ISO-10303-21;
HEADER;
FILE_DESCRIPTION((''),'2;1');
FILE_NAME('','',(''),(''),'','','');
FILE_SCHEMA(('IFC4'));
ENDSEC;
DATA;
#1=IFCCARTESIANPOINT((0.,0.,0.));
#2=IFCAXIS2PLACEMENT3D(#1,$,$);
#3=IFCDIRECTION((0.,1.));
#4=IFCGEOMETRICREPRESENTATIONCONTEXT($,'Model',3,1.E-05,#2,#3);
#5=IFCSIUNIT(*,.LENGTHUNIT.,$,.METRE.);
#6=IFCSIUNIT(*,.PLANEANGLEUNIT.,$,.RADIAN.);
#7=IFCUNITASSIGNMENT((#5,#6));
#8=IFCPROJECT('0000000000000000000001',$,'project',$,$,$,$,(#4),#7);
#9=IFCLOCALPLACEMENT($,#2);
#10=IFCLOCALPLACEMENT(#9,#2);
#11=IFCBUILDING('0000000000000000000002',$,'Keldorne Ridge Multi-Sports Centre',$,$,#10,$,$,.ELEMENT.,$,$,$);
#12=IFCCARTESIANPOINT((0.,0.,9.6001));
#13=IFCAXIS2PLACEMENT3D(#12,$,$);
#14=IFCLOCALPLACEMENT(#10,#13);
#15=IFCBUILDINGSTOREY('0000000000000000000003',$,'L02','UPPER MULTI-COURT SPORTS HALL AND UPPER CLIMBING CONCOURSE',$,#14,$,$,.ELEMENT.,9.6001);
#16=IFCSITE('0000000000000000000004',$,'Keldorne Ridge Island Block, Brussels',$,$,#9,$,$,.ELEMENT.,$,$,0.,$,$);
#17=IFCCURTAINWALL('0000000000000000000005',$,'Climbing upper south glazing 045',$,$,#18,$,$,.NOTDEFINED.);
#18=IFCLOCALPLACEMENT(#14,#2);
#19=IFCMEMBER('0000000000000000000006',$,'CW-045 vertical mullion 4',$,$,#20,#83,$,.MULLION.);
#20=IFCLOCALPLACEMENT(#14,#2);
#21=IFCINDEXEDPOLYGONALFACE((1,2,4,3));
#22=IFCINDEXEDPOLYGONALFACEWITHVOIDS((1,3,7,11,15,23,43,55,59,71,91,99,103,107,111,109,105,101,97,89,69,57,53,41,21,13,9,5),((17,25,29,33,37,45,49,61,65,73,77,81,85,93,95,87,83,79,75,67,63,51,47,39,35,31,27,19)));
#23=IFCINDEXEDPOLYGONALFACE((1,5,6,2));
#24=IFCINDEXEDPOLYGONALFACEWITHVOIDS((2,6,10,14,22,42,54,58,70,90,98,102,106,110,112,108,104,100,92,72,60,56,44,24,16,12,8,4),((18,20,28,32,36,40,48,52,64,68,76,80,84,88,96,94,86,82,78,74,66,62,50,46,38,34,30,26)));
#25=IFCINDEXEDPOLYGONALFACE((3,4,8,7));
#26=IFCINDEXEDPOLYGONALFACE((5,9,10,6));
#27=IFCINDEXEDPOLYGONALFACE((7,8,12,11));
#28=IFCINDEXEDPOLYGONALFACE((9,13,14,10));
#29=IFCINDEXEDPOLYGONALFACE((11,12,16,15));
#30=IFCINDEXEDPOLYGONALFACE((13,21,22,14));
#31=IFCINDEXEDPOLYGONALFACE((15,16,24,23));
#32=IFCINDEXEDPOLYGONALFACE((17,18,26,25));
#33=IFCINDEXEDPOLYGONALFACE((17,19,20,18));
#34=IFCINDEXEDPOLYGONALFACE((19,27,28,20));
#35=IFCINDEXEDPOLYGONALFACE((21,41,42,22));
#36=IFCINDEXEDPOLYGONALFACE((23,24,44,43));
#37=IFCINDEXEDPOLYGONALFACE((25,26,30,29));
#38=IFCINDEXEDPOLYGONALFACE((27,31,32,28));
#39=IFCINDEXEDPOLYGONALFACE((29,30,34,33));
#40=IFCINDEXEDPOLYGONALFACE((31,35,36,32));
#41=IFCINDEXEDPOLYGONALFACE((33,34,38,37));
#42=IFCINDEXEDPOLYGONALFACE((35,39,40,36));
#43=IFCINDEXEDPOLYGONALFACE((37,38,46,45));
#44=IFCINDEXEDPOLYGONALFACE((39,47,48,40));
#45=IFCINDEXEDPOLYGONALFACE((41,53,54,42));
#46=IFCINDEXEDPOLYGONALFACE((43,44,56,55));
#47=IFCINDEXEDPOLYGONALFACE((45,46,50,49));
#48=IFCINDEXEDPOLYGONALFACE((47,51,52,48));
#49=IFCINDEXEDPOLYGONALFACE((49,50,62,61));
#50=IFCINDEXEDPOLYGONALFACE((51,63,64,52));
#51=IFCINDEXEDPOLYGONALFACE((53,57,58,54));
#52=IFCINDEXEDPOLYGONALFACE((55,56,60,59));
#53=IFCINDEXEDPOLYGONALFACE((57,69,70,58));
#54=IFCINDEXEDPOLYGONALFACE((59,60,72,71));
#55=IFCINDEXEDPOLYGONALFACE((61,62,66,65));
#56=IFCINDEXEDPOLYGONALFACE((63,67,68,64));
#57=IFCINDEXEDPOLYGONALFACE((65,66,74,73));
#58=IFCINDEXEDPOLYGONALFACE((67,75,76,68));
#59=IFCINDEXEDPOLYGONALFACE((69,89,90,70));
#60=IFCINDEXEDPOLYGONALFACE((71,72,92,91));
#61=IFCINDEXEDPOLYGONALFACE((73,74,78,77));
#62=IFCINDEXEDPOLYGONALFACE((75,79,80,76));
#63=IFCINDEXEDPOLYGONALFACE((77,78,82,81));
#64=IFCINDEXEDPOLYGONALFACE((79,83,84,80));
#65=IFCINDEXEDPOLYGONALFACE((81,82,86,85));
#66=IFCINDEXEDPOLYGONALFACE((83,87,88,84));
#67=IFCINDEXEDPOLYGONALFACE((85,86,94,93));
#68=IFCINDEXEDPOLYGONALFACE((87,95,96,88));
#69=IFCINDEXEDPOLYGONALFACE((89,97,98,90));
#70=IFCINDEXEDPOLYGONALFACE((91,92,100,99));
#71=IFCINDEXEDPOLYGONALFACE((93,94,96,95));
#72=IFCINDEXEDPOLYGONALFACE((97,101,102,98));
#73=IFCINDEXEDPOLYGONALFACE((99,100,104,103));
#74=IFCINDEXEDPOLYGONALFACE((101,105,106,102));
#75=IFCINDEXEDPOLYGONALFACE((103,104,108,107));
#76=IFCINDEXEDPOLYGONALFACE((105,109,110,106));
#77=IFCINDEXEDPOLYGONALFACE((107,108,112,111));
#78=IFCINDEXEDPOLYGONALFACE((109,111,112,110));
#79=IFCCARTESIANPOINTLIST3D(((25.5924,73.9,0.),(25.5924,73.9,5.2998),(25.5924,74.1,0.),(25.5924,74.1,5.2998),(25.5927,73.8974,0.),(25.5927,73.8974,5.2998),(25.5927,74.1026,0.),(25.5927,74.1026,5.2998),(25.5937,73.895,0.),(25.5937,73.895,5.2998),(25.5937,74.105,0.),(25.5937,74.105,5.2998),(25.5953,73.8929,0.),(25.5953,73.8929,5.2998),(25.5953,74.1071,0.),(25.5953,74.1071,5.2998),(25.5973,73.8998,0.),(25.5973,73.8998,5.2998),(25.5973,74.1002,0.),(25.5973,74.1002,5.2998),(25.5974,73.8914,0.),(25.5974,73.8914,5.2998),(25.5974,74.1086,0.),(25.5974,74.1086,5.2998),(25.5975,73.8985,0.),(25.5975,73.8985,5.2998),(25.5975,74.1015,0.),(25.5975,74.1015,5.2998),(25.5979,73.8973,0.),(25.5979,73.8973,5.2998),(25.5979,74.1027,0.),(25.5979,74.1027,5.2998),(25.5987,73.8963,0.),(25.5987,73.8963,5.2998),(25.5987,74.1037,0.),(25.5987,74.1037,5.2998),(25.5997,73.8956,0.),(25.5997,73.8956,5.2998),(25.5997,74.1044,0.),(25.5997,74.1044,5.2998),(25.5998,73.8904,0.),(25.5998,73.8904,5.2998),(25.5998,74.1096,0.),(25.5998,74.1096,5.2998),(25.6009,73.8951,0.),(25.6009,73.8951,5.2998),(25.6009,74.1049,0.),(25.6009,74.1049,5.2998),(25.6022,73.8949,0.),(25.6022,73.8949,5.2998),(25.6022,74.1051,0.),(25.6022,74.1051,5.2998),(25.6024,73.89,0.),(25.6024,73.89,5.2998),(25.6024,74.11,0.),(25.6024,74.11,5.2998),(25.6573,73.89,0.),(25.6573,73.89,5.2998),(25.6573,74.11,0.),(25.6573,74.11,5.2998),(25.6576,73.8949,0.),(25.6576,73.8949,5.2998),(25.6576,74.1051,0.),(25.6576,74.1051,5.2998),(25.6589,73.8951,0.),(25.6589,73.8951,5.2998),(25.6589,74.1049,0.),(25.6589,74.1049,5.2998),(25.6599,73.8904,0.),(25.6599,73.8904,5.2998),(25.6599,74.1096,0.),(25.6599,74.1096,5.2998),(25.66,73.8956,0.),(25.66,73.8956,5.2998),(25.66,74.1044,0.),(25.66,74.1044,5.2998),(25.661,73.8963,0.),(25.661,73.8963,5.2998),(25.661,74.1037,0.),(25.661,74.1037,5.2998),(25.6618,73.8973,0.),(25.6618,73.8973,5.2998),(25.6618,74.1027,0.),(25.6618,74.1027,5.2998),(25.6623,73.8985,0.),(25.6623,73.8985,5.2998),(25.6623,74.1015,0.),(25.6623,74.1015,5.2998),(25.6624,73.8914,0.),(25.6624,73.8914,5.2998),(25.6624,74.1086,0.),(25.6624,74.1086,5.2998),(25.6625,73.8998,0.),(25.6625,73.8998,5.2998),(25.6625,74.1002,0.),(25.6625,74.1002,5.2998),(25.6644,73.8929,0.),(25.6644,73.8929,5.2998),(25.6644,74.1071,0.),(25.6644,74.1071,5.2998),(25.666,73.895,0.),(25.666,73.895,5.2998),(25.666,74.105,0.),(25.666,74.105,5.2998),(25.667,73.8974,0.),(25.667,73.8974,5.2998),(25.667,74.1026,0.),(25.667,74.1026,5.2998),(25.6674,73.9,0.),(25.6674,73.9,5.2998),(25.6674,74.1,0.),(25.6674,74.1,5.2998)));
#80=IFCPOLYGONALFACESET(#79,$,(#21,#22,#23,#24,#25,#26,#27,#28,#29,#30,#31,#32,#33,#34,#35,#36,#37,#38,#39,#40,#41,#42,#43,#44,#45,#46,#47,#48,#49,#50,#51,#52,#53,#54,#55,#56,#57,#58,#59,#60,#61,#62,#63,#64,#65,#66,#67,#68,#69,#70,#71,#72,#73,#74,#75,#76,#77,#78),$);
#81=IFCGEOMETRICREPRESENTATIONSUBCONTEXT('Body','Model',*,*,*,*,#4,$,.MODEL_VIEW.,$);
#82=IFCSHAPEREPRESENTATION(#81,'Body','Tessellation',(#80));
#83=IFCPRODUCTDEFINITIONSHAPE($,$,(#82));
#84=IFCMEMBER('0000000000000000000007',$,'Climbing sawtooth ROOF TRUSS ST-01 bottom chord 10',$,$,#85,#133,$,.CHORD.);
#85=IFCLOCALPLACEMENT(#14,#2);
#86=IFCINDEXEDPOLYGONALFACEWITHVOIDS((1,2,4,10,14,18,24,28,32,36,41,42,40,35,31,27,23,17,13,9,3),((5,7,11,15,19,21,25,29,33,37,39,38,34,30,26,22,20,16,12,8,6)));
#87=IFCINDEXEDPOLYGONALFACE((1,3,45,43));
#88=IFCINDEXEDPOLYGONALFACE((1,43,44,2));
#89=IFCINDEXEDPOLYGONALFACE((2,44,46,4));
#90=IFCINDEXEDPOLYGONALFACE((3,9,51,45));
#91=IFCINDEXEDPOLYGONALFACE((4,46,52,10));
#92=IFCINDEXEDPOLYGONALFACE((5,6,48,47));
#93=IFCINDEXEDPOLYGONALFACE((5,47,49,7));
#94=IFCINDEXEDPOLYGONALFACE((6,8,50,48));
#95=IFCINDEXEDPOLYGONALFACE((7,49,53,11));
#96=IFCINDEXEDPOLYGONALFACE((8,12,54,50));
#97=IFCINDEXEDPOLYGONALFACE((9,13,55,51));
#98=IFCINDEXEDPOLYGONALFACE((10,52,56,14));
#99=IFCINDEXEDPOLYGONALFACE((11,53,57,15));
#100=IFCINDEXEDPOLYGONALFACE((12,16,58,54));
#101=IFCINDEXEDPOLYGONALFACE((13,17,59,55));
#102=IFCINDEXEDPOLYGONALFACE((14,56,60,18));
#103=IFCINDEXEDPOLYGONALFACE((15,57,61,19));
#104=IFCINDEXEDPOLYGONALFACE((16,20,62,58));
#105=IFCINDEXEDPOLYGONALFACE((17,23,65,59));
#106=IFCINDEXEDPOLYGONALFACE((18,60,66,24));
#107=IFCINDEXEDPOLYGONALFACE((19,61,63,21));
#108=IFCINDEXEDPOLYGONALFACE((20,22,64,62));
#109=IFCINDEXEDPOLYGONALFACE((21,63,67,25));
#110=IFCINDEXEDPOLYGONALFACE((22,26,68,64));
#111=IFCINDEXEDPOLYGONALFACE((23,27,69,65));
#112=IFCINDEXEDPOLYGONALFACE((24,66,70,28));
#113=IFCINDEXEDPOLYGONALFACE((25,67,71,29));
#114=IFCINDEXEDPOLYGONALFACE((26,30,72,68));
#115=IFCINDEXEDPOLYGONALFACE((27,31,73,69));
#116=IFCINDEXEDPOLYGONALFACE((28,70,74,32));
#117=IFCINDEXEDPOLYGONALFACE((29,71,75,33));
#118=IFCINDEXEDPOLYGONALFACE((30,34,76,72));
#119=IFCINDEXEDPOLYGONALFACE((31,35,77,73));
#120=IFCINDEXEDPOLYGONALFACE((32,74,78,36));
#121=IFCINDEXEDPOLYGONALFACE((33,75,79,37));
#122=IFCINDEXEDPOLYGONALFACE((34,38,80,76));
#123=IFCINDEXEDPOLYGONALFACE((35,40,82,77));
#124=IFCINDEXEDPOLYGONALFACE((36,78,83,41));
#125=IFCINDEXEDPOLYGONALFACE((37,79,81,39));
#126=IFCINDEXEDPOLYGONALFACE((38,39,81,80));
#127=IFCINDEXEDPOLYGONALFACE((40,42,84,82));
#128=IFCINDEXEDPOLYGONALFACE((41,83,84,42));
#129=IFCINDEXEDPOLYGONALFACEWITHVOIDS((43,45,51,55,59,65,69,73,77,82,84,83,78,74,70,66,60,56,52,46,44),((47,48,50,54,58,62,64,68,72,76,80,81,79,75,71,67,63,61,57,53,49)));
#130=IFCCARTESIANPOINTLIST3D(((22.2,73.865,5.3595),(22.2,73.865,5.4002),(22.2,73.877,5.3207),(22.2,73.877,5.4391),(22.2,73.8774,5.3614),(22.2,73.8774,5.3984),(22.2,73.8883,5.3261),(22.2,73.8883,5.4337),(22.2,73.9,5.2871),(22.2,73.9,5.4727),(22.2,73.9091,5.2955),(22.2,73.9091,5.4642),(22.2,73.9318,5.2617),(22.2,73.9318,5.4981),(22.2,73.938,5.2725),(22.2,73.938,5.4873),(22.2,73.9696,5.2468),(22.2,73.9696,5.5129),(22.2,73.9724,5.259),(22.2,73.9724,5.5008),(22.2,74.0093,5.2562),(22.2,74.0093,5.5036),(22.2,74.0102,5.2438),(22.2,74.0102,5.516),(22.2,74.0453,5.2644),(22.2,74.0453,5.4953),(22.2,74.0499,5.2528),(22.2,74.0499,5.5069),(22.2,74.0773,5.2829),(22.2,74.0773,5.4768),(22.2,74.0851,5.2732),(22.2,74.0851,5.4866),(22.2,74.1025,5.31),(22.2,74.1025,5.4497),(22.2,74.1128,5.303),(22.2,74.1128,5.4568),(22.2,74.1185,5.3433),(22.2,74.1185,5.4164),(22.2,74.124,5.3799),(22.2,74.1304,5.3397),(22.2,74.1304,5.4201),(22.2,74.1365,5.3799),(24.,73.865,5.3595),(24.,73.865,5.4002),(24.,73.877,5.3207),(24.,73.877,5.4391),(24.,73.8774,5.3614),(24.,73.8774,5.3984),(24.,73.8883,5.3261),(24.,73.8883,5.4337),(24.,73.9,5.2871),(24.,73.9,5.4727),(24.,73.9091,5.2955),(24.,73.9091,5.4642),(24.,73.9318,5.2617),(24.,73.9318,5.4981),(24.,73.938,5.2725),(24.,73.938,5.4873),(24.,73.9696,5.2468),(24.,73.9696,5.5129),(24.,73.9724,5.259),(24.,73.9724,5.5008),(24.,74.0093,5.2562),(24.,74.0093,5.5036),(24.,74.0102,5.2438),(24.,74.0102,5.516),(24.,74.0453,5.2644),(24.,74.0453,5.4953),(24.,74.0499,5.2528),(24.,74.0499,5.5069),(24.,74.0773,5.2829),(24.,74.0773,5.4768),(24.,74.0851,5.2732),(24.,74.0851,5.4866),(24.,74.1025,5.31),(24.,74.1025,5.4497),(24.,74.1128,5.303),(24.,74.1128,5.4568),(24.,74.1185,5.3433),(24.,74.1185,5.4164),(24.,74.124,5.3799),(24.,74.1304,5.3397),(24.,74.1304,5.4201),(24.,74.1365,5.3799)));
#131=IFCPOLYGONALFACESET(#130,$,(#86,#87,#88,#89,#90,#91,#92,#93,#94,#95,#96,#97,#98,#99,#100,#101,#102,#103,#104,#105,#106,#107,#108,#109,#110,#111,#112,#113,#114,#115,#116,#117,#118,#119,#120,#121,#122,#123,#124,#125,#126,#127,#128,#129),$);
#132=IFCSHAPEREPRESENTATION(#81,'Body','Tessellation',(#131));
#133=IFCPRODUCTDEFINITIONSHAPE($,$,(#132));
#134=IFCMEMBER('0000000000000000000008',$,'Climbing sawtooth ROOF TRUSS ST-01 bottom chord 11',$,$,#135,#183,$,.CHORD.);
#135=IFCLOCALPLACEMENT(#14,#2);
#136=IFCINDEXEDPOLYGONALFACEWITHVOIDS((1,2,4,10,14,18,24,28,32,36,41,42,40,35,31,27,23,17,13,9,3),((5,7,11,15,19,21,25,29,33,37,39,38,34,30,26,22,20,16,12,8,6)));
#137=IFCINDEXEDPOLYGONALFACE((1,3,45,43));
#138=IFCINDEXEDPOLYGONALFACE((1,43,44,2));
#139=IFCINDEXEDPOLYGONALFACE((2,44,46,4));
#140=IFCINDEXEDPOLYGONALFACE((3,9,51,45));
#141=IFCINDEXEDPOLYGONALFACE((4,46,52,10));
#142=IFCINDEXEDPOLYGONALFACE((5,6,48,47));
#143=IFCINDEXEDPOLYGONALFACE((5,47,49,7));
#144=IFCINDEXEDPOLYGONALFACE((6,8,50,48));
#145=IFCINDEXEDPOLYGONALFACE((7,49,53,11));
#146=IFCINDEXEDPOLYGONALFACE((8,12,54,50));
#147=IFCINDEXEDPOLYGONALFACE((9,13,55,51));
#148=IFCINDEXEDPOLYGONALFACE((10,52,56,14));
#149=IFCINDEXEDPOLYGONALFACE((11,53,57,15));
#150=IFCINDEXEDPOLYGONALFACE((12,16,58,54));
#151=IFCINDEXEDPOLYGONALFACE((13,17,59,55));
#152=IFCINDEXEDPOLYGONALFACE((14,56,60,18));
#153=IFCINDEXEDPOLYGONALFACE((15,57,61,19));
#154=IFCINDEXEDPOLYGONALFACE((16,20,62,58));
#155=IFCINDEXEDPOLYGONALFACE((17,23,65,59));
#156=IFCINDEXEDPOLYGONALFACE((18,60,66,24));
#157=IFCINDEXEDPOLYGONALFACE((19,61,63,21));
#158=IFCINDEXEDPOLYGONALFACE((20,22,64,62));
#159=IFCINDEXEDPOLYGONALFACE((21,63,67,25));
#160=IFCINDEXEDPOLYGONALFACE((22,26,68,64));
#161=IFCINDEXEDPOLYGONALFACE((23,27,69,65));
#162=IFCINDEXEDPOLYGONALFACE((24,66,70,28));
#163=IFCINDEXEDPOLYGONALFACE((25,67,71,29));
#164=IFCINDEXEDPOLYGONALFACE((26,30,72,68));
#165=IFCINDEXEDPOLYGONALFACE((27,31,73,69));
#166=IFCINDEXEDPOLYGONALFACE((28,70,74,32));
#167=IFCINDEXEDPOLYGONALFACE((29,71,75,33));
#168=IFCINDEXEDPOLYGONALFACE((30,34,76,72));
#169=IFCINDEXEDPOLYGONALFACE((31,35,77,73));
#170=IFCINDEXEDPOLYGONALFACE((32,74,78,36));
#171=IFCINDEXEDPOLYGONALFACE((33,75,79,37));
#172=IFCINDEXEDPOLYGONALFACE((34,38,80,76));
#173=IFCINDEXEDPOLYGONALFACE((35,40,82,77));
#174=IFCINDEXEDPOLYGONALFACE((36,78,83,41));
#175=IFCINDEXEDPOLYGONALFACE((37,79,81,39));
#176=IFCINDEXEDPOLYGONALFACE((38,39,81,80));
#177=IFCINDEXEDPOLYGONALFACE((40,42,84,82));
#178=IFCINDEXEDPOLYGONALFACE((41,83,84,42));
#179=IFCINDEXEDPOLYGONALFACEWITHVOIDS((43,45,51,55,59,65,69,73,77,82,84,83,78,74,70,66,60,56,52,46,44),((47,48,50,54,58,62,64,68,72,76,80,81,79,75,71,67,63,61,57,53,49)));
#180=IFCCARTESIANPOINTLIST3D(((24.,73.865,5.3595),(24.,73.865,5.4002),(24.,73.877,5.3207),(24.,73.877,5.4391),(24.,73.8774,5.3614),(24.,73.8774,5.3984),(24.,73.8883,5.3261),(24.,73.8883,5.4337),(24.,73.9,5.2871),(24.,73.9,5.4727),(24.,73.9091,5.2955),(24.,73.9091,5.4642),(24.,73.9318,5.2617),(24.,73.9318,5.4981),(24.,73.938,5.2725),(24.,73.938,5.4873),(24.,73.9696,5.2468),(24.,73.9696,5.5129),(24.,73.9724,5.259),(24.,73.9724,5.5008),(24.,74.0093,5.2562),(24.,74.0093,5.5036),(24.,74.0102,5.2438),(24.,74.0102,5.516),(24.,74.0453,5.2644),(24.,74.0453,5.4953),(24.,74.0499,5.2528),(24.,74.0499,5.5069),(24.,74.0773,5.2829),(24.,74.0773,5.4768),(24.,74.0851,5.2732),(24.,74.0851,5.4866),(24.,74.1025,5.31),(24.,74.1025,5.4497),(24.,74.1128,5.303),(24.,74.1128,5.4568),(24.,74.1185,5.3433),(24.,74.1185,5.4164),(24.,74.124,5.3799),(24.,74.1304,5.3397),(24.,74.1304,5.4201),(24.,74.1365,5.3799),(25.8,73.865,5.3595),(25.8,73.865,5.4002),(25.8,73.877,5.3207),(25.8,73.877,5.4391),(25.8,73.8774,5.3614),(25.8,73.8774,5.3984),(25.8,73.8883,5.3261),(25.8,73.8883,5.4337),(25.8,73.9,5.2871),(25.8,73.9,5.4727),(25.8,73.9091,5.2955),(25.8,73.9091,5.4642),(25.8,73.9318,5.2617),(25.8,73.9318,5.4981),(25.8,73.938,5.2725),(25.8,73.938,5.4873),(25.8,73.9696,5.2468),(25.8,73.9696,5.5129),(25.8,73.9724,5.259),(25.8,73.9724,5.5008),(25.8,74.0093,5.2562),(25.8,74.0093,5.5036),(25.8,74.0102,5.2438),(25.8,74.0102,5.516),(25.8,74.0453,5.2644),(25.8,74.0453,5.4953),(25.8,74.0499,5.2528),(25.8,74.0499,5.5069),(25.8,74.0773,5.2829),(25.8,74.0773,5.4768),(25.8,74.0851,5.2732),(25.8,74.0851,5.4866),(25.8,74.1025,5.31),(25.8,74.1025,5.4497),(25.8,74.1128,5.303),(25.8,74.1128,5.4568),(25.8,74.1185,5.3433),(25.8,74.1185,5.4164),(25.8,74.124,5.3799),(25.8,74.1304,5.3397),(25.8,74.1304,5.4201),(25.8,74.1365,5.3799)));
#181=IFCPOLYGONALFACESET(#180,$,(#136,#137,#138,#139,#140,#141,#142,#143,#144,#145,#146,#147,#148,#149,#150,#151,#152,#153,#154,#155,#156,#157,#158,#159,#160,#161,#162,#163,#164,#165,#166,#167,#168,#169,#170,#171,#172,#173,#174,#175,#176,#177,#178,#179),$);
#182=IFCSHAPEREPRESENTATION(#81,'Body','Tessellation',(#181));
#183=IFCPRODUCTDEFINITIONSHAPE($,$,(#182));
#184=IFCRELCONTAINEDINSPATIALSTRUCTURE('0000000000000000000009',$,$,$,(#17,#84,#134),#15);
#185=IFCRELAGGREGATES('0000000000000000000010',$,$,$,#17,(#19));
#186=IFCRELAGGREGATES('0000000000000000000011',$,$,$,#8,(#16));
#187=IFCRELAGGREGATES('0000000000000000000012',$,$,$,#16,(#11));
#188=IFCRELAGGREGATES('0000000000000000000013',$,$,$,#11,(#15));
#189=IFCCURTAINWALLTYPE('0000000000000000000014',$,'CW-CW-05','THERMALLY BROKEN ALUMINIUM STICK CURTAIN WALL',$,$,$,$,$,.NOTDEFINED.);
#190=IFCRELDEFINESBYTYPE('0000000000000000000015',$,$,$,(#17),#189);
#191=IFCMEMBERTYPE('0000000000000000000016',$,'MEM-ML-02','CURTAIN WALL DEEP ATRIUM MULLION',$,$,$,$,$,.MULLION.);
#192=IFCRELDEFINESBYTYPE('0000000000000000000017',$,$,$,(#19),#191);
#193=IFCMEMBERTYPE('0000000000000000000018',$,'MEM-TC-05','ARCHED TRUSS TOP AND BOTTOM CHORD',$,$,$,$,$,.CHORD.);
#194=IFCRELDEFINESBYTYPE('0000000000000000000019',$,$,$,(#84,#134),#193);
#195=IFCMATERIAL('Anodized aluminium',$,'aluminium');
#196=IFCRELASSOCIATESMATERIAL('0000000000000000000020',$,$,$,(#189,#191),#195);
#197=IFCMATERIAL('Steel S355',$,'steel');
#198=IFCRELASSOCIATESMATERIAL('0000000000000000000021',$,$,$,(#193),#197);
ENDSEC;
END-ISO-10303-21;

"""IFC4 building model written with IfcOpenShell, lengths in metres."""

from ifc_helpers import new_model, si_unit, direction, frame, origin, origin_2d, place, context, subcontext, project, spatial, hollow_rectangle, hollow_circle, extrude, material, material_profile, profile_set, type_object, element, aggregate, save


model = new_model("IFC4")

# Units and contexts
model_context = context("Model", 3, precision=1e-05, world=origin(), true_north=direction((0.0, 1.0)))
body_context = subcontext(model_context, "Body", "Model", "MODEL_VIEW")
ifc_project = project(units=[si_unit("LENGTHUNIT", "METRE"), si_unit("PLANEANGLEUNIT", "RADIAN")], contexts=[model_context])

# Site, building, storey
site_placement = place(None, origin())
site = spatial("IfcSite", under=ifc_project, at=site_placement, Name="Keldorne Ridge Island Block, Brussels", CompositionType="ELEMENT", RefElevation=0.0)
building_placement = place(site_placement, origin())
building = spatial("IfcBuilding", under=site, at=building_placement, Name="Keldorne Ridge Multi-Sports Centre", CompositionType="ELEMENT")
storey_placement = place(building_placement, frame((0.0, 0.0, 9.6001)))
storey = spatial("IfcBuildingStorey", under=building, at=storey_placement, Name="L02", Description="UPPER MULTI-COURT SPORTS HALL AND UPPER CLIMBING CONCOURSE", CompositionType="ELEMENT", Elevation=9.6001)

# Curtain wall, member
ifc_material_1 = material(Name="Anodized aluminium", Category="aluminium")
curtain_wall_type = type_object("IfcCurtainWallType", Name="CW-CW-05", Description="THERMALLY BROKEN ALUMINIUM STICK CURTAIN WALL", PredefinedType="NOTDEFINED", material=ifc_material_1)
curtain_wall_placement = place(storey_placement, origin())
curtain_wall = element("IfcCurtainWall", 1, at=curtain_wall_placement, inside=storey, type_object=curtain_wall_type, Name="Climbing upper south glazing 045", PredefinedType="NOTDEFINED")
ifc_material_profile_1 = material_profile(ifc_material_1, hollow_rectangle(XDim=0.075, YDim=0.22, WallThickness=0.0049, InnerFilletRadius=0.0049, OuterFilletRadius=0.01, at=origin_2d()), Name="ALU MULLION 220x75x5")
ifc_profile_set_1 = profile_set([ifc_material_profile_1], Name="Anodized aluminium")
member_type_1 = type_object("IfcMemberType", Name="MEM-ML-02", Description="CURTAIN WALL DEEP ATRIUM MULLION", PredefinedType="MULLION", material=ifc_profile_set_1)
member_1_placement = place(storey_placement, frame((25.6299, 74.0, 0.0), z_axis=(0.0, 0.0, 1.0), x_axis=(1.0, 0.0, 0.0)))
member_1 = element("IfcMember", 2, at=member_1_placement, type_object=member_type_1, Name="CW-045 vertical mullion 4", PredefinedType="MULLION", context=body_context, shape_type="SweptSolid", body=[
    extrude(hollow_rectangle(XDim=0.075, YDim=0.22, WallThickness=0.0049, InnerFilletRadius=0.0049, OuterFilletRadius=0.01, at=origin_2d()), origin(), (0.0, 0.0, 1.0), 5.2998),
])

# Members
ifc_material_2 = material(Name="Steel S355", Category="steel")
ifc_material_profile_2 = material_profile(ifc_material_2, hollow_circle(Radius=0.1365, WallThickness=0.0125, at=origin_2d()), Name="CHS 273x12.5")
ifc_profile_set_2 = profile_set([ifc_material_profile_2], Name="Steel S355")
member_type_2 = type_object("IfcMemberType", Name="MEM-TC-05", Description="ARCHED TRUSS TOP AND BOTTOM CHORD", PredefinedType="CHORD", material=ifc_profile_set_2)
for number, where, z_axis, x_axis, name in (
    (3, (22.2, 74.0, 5.3799), (1.0, 0.0, 0.0), (0.0, 1.0, 0.0), "Climbing sawtooth ROOF TRUSS ST-01 bottom chord 10"),
    (4, (24.0, 74.0, 5.3799), (1.0, 0.0, 0.0), (0.0, 1.0, 0.0), "Climbing sawtooth ROOF TRUSS ST-01 bottom chord 11"),
):
    element("IfcMember", number, at=place(storey_placement, frame(where, z_axis=z_axis, x_axis=x_axis)), inside=storey, type_object=member_type_2, Name=name, PredefinedType="CHORD", context=body_context, shape_type="SweptSolid", body=[
        extrude(hollow_circle(Radius=0.1365, WallThickness=0.0125, at=origin_2d()), origin(), (0.0, 0.0, 1.0), 1.8),
    ])

aggregate(curtain_wall, [member_1])

save(model, "model.ifc")
